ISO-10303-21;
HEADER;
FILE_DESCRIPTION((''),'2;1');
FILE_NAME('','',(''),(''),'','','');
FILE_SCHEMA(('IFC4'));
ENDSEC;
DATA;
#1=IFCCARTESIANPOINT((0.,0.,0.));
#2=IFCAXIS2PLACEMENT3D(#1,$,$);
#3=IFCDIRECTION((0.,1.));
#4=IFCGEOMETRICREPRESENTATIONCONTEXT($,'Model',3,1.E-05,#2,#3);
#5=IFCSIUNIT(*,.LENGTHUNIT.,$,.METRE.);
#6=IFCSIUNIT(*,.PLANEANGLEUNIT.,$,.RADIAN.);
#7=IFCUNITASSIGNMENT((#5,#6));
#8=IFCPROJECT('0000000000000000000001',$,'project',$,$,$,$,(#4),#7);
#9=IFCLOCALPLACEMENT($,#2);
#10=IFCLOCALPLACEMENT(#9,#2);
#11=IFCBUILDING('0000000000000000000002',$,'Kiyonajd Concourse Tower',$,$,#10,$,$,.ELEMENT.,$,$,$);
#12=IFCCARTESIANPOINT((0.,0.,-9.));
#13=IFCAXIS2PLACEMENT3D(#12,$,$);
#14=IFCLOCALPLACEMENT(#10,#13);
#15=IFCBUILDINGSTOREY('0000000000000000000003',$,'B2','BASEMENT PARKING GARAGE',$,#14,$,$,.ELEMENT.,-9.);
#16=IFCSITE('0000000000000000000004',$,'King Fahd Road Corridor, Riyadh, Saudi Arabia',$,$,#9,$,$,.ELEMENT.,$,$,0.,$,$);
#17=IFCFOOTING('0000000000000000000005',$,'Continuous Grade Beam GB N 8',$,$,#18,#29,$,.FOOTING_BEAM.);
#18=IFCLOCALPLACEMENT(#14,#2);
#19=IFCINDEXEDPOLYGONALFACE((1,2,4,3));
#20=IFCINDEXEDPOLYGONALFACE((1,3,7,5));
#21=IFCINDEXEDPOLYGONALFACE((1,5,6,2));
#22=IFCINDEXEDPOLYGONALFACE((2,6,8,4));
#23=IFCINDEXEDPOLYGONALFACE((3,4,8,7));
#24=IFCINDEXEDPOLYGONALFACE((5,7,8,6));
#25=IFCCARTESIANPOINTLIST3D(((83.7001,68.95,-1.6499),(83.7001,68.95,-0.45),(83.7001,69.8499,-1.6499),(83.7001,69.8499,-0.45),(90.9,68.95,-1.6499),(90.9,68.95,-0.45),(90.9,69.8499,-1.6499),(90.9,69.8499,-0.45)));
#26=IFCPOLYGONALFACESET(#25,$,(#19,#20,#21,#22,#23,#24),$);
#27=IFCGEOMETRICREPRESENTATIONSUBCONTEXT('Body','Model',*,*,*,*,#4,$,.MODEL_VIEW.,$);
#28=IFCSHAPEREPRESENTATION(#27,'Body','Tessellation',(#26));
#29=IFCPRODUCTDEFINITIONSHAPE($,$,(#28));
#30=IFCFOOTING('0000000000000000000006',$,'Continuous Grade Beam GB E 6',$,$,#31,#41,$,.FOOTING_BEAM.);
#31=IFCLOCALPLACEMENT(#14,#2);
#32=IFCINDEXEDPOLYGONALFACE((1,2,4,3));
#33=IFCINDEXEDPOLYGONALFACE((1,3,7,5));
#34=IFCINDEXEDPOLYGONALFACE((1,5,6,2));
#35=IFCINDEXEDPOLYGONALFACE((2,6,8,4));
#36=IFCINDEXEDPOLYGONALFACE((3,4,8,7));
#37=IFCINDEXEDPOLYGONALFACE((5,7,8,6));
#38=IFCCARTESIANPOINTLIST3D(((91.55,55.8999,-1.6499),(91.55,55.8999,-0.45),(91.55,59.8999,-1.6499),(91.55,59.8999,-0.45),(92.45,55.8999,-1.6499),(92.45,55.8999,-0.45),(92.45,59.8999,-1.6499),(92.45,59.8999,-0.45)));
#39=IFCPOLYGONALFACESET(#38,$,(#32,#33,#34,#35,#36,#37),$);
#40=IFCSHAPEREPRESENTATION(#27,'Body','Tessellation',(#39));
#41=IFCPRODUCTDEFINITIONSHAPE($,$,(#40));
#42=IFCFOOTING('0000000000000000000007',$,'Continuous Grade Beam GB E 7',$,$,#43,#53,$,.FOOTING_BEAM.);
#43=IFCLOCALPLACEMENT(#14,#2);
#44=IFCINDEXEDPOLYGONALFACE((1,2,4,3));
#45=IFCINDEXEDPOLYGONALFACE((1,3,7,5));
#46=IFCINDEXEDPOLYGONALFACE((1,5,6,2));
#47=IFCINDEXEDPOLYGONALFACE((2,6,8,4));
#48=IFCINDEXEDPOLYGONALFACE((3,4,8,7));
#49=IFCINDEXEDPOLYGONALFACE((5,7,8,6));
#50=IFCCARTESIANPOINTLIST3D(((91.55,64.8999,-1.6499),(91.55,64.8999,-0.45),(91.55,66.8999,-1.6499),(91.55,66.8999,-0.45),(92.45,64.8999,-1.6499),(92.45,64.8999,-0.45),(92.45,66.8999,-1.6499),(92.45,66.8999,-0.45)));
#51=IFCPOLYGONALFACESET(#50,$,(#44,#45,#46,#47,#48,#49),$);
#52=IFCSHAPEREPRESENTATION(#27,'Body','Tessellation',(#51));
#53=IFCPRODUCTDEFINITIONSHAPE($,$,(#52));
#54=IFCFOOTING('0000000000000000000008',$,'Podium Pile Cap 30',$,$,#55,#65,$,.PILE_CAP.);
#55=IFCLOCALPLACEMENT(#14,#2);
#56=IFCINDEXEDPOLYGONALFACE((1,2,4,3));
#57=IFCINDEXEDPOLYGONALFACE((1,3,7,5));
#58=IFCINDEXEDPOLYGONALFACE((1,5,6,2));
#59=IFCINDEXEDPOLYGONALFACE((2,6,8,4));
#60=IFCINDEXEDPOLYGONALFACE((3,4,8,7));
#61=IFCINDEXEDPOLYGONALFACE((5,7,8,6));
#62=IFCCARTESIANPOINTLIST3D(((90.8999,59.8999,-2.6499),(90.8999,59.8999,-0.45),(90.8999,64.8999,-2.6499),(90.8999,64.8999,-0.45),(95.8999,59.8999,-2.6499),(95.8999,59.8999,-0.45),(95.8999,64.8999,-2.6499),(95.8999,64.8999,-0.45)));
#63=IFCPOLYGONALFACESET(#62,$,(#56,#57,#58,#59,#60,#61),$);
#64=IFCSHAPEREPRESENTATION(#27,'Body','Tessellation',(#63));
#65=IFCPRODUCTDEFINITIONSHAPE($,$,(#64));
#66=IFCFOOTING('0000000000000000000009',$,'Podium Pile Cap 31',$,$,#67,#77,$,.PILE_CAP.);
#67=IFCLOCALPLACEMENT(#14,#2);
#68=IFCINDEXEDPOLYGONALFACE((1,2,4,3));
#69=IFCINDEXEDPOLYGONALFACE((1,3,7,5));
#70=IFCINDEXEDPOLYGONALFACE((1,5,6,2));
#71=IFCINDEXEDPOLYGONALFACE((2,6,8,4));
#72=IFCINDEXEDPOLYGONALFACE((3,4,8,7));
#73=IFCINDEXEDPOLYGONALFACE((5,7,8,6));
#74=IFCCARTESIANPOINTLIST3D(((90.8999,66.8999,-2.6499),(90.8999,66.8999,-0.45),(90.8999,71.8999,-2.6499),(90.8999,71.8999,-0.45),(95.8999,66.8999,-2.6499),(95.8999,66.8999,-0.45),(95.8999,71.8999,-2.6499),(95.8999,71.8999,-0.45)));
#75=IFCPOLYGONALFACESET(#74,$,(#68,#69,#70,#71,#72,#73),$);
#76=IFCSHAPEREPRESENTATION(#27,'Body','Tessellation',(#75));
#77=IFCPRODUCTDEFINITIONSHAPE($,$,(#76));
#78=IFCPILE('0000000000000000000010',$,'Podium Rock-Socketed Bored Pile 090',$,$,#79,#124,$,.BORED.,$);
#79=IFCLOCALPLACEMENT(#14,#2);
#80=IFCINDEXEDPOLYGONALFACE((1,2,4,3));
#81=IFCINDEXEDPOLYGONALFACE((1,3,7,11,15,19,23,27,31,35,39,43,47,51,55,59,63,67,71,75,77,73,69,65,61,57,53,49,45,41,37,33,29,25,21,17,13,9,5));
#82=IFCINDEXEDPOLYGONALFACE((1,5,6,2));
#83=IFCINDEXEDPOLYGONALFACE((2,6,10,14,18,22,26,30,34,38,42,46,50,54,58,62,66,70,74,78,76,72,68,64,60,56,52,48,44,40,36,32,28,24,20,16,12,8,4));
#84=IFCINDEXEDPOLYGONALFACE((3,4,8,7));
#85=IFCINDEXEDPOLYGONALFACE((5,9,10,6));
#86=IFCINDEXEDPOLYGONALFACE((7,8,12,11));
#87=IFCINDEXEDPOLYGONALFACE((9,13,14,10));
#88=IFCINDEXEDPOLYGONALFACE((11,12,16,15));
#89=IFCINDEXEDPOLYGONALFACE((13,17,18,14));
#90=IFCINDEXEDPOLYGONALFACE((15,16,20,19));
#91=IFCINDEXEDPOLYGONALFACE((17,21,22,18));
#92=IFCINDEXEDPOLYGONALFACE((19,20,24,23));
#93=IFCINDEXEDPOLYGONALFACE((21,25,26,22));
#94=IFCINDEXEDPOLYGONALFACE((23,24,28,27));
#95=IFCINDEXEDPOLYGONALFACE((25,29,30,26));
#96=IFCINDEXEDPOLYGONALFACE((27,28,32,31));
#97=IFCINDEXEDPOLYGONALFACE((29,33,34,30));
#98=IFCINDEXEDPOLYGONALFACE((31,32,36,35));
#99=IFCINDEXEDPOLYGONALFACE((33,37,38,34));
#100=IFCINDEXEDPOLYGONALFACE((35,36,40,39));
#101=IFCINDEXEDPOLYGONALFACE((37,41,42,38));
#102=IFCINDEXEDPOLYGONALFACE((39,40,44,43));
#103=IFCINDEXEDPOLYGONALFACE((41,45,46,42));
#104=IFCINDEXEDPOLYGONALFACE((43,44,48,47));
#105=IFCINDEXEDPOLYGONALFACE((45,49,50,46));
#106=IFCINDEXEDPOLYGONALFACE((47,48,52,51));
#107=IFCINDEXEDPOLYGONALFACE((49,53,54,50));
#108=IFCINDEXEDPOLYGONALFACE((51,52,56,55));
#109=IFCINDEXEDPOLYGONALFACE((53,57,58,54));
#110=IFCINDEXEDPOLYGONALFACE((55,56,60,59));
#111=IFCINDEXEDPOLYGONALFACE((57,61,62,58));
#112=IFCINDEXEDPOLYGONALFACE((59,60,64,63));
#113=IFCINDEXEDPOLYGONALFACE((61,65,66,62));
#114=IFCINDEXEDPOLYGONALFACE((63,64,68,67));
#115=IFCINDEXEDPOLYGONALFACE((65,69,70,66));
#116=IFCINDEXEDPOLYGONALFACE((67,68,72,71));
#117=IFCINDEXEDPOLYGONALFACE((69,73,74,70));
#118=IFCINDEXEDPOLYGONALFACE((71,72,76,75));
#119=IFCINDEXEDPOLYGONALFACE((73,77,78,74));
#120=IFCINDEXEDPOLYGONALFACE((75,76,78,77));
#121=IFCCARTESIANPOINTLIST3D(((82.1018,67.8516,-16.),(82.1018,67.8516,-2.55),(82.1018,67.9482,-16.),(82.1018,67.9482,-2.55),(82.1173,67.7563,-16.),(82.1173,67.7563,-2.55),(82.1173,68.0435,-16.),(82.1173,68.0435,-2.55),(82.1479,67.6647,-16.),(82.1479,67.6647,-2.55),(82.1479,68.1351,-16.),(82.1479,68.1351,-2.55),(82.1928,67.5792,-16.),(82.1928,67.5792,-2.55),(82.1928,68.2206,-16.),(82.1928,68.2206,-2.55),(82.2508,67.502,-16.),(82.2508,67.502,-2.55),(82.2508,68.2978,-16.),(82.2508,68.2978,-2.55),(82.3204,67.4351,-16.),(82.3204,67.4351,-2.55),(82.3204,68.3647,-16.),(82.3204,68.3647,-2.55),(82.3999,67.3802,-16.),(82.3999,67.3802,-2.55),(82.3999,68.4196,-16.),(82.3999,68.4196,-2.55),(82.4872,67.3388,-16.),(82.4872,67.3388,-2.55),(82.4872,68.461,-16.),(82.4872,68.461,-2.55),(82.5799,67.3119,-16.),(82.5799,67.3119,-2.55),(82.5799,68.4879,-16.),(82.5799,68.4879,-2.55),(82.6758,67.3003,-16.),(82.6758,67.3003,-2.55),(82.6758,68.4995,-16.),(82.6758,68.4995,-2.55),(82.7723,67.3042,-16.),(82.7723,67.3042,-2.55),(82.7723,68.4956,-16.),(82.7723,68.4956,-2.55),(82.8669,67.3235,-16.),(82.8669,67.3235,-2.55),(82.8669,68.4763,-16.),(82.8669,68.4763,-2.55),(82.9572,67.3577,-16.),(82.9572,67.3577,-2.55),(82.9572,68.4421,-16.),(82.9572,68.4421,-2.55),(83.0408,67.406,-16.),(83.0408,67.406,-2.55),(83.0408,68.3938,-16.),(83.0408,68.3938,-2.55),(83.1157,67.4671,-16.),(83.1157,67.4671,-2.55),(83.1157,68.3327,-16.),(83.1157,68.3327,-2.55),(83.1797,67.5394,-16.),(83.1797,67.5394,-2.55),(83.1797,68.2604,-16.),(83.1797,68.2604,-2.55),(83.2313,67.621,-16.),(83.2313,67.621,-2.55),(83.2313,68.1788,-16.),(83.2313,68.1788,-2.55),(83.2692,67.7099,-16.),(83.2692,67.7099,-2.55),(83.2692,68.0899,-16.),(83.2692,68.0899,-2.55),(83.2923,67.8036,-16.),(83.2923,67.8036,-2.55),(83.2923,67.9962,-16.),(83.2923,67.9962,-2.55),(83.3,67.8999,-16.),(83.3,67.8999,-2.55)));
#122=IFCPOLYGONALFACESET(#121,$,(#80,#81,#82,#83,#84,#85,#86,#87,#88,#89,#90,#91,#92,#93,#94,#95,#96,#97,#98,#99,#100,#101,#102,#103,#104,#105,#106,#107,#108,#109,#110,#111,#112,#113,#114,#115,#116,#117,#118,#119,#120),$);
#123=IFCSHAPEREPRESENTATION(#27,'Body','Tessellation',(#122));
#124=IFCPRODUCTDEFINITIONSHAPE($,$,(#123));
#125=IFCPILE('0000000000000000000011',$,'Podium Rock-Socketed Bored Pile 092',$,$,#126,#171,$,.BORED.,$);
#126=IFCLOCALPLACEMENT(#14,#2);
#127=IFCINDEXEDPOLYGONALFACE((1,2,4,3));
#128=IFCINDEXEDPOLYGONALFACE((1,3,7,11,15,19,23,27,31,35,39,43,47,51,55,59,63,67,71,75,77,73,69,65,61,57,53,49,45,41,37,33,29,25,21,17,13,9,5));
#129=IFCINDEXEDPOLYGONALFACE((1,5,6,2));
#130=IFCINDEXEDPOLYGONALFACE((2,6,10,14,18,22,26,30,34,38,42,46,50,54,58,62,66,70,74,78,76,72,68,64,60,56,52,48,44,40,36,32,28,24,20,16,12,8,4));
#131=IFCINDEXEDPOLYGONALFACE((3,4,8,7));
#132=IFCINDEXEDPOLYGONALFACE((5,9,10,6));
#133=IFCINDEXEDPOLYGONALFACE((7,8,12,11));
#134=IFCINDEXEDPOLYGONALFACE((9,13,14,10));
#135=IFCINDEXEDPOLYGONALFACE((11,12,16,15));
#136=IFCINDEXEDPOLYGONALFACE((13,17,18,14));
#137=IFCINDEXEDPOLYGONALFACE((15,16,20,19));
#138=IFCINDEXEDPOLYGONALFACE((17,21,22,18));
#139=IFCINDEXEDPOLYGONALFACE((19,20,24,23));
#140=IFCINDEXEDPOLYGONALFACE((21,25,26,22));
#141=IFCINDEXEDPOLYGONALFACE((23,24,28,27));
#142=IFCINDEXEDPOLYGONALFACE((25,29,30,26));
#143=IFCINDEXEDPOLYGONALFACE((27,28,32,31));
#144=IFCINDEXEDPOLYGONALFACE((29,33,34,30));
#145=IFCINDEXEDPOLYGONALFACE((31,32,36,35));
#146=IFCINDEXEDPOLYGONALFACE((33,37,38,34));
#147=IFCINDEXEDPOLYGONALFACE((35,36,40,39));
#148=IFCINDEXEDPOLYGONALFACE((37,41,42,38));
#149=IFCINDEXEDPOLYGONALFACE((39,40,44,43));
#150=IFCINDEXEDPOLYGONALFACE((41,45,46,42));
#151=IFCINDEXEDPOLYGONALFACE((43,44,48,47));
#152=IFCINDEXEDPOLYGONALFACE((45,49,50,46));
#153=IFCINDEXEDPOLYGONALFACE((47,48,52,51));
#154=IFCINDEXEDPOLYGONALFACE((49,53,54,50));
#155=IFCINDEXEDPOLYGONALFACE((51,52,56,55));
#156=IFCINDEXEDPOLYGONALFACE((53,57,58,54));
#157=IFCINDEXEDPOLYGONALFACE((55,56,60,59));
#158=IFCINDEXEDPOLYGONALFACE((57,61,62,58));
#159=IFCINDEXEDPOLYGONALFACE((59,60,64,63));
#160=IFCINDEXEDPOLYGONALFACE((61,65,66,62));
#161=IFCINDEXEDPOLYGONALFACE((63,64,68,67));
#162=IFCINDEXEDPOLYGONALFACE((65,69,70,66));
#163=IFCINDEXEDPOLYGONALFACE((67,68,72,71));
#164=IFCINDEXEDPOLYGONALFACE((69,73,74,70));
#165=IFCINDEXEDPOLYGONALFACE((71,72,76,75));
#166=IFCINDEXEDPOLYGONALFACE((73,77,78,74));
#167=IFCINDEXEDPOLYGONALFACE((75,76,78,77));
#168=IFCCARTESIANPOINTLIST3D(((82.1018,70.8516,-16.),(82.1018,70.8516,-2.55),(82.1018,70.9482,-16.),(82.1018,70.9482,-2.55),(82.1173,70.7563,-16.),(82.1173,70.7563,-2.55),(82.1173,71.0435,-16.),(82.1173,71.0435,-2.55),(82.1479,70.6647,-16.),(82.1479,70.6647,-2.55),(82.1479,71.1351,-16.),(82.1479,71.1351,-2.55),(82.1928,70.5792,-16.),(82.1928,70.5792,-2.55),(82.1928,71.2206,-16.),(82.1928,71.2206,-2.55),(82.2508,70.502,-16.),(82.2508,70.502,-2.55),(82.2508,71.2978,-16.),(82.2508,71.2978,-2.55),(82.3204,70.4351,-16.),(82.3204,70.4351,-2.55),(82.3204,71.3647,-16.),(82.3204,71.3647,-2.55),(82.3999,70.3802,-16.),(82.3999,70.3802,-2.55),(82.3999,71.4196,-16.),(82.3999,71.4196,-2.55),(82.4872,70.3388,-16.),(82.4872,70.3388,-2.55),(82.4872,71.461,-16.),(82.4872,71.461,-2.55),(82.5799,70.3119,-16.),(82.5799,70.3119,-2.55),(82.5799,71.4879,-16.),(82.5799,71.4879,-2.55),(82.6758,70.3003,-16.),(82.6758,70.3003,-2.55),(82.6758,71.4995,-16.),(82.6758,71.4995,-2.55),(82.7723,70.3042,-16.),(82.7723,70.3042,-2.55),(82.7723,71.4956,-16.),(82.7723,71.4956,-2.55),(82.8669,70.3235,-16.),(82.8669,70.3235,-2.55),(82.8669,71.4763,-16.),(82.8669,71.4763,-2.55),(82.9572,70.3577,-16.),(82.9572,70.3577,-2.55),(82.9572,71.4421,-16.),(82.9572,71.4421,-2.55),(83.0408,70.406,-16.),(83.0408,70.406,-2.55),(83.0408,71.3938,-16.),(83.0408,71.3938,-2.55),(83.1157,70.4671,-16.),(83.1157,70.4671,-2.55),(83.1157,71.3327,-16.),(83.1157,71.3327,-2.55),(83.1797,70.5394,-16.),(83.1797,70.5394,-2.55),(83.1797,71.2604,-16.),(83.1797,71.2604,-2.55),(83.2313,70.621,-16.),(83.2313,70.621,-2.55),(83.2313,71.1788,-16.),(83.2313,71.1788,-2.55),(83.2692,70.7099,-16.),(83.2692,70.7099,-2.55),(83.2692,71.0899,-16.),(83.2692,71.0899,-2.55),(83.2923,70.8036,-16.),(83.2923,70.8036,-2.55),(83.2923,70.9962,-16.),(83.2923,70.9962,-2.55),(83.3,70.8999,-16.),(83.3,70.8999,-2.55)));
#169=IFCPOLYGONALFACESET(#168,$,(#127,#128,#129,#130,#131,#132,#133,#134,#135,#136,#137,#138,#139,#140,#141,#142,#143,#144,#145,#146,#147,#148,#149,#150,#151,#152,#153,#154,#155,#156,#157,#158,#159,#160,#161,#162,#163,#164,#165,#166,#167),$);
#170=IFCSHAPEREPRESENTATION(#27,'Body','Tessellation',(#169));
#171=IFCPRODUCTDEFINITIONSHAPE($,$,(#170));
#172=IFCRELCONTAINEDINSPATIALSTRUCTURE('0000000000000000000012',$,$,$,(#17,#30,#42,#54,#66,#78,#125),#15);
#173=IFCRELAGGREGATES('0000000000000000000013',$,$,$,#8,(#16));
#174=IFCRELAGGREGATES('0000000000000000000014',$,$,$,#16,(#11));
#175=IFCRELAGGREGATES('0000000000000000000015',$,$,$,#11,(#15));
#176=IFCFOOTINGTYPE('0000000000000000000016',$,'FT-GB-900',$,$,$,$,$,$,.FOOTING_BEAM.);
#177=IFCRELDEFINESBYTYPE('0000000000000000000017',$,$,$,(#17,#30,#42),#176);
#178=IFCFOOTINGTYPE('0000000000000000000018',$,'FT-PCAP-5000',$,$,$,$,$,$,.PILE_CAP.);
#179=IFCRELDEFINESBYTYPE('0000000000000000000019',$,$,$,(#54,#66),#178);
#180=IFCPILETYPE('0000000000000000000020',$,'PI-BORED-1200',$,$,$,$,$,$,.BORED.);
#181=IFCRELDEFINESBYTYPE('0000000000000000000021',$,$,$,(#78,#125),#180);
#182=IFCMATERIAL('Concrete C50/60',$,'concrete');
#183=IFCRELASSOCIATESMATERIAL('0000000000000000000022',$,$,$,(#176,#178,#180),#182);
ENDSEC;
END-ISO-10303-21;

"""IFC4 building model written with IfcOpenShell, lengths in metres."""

from ifc_helpers import new_model, si_unit, direction, frame, origin, origin_2d, place, context, subcontext, project, spatial, rectangle, circle, extrude, material, material_profile, profile_set, type_object, element, save


model = new_model("IFC4")

# Units and contexts
model_context = context("Model", 3, precision=1e-05, world=origin(), true_north=direction((0.0, 1.0)))
body_context = subcontext(model_context, "Body", "Model", "MODEL_VIEW")
ifc_project = project(units=[si_unit("LENGTHUNIT", "METRE"), si_unit("PLANEANGLEUNIT", "RADIAN")], contexts=[model_context])

# Site, building, storey
site_placement = place(None, origin())
site = spatial("IfcSite", under=ifc_project, at=site_placement, Name="King Fahd Road Corridor, Riyadh, Saudi Arabia", CompositionType="ELEMENT", RefElevation=0.0)
building_placement = place(site_placement, origin())
building = spatial("IfcBuilding", under=site, at=building_placement, Name="Kiyonajd Concourse Tower", CompositionType="ELEMENT")
storey_placement = place(building_placement, frame((0.0, 0.0, -9.0)))
storey = spatial("IfcBuildingStorey", under=building, at=storey_placement, Name="B2", Description="BASEMENT PARKING GARAGE", CompositionType="ELEMENT", Elevation=-9.0)

# Footings
ifc_material_1 = material(Name="Concrete C50/60", Category="concrete")
footing_type_1 = type_object("IfcFootingType", Name="FT-GB-900", PredefinedType="FOOTING_BEAM", material=ifc_material_1)
footing_1_placement = place(storey_placement, frame((87.3, 69.3999, -1.6499), z_axis=(0.0, 0.0, 1.0), x_axis=(1.0, 0.0, 0.0)))
element("IfcFooting", 1, at=footing_1_placement, inside=storey, type_object=footing_type_1, Name="Continuous Grade Beam GB N 8", PredefinedType="FOOTING_BEAM", context=body_context, shape_type="SweptSolid", body=[
    extrude(rectangle(XDim=7.2, YDim=0.8999, at=origin_2d()), origin(), (0.0, 0.0, 1.0), 1.2),
])
footing_2_placement = place(storey_placement, frame((92.0, 57.8999, -1.6499), z_axis=(0.0, 0.0, 1.0), x_axis=(0.0, 1.0, 0.0)))
element("IfcFooting", 2, at=footing_2_placement, inside=storey, type_object=footing_type_1, Name="Continuous Grade Beam GB E 6", PredefinedType="FOOTING_BEAM", context=body_context, shape_type="SweptSolid", body=[
    extrude(rectangle(XDim=4.0, YDim=0.8999, at=origin_2d()), origin(), (0.0, 0.0, 1.0), 1.2),
])
footing_3_placement = place(storey_placement, frame((92.0, 65.8999, -1.6499), z_axis=(0.0, 0.0, 1.0), x_axis=(0.0, 1.0, 0.0)))
element("IfcFooting", 3, at=footing_3_placement, inside=storey, type_object=footing_type_1, Name="Continuous Grade Beam GB E 7", PredefinedType="FOOTING_BEAM", context=body_context, shape_type="SweptSolid", body=[
    extrude(rectangle(XDim=2.0, YDim=0.8999, at=origin_2d()), origin(), (0.0, 0.0, 1.0), 1.2),
])
footing_type_2 = type_object("IfcFootingType", Name="FT-PCAP-5000", PredefinedType="PILE_CAP", material=ifc_material_1)
for number, where, z_axis, x_axis, name in (
    (4, (93.3999, 62.3999, -2.6499), (0.0, 0.0, 1.0), (1.0, 0.0, 0.0), "Podium Pile Cap 30"),
    (5, (93.3999, 69.3999, -2.6499), (0.0, 0.0, 1.0), (1.0, 0.0, 0.0), "Podium Pile Cap 31"),
):
    element("IfcFooting", number, at=place(storey_placement, frame(where, z_axis=z_axis, x_axis=x_axis)), inside=storey, type_object=footing_type_2, Name=name, PredefinedType="PILE_CAP", context=body_context, shape_type="SweptSolid", body=[
        extrude(rectangle(XDim=5.0, YDim=5.0, at=origin_2d()), origin(), (0.0, 0.0, 1.0), 2.2),
    ])

# Piles
ifc_material_profile_1 = material_profile(ifc_material_1, circle(Radius=0.6001, at=origin_2d()), Name="PILE-D1200")
ifc_profile_set_1 = profile_set([ifc_material_profile_1], Name="Concrete C50/60")
pile_type = type_object("IfcPileType", Name="PI-BORED-1200", PredefinedType="BORED", material=ifc_profile_set_1)
for number, where, z_axis, x_axis, name in (
    (6, (82.7, 67.8999, -2.55), (0.0, 0.0, -1.0), (1.0, 0.0, 0.0), "Podium Rock-Socketed Bored Pile 090"),
    (7, (82.7, 70.8999, -2.55), (0.0, 0.0, -1.0), (1.0, 0.0, 0.0), "Podium Rock-Socketed Bored Pile 092"),
):
    element("IfcPile", number, at=place(storey_placement, frame(where, z_axis=z_axis, x_axis=x_axis)), inside=storey, type_object=pile_type, Name=name, PredefinedType="BORED", context=body_context, shape_type="SweptSolid", body=[
        extrude(circle(Radius=0.6001, at=origin_2d()), origin(), (0.0, 0.0, 1.0), 13.45),
    ])

save(model, "model.ifc")
